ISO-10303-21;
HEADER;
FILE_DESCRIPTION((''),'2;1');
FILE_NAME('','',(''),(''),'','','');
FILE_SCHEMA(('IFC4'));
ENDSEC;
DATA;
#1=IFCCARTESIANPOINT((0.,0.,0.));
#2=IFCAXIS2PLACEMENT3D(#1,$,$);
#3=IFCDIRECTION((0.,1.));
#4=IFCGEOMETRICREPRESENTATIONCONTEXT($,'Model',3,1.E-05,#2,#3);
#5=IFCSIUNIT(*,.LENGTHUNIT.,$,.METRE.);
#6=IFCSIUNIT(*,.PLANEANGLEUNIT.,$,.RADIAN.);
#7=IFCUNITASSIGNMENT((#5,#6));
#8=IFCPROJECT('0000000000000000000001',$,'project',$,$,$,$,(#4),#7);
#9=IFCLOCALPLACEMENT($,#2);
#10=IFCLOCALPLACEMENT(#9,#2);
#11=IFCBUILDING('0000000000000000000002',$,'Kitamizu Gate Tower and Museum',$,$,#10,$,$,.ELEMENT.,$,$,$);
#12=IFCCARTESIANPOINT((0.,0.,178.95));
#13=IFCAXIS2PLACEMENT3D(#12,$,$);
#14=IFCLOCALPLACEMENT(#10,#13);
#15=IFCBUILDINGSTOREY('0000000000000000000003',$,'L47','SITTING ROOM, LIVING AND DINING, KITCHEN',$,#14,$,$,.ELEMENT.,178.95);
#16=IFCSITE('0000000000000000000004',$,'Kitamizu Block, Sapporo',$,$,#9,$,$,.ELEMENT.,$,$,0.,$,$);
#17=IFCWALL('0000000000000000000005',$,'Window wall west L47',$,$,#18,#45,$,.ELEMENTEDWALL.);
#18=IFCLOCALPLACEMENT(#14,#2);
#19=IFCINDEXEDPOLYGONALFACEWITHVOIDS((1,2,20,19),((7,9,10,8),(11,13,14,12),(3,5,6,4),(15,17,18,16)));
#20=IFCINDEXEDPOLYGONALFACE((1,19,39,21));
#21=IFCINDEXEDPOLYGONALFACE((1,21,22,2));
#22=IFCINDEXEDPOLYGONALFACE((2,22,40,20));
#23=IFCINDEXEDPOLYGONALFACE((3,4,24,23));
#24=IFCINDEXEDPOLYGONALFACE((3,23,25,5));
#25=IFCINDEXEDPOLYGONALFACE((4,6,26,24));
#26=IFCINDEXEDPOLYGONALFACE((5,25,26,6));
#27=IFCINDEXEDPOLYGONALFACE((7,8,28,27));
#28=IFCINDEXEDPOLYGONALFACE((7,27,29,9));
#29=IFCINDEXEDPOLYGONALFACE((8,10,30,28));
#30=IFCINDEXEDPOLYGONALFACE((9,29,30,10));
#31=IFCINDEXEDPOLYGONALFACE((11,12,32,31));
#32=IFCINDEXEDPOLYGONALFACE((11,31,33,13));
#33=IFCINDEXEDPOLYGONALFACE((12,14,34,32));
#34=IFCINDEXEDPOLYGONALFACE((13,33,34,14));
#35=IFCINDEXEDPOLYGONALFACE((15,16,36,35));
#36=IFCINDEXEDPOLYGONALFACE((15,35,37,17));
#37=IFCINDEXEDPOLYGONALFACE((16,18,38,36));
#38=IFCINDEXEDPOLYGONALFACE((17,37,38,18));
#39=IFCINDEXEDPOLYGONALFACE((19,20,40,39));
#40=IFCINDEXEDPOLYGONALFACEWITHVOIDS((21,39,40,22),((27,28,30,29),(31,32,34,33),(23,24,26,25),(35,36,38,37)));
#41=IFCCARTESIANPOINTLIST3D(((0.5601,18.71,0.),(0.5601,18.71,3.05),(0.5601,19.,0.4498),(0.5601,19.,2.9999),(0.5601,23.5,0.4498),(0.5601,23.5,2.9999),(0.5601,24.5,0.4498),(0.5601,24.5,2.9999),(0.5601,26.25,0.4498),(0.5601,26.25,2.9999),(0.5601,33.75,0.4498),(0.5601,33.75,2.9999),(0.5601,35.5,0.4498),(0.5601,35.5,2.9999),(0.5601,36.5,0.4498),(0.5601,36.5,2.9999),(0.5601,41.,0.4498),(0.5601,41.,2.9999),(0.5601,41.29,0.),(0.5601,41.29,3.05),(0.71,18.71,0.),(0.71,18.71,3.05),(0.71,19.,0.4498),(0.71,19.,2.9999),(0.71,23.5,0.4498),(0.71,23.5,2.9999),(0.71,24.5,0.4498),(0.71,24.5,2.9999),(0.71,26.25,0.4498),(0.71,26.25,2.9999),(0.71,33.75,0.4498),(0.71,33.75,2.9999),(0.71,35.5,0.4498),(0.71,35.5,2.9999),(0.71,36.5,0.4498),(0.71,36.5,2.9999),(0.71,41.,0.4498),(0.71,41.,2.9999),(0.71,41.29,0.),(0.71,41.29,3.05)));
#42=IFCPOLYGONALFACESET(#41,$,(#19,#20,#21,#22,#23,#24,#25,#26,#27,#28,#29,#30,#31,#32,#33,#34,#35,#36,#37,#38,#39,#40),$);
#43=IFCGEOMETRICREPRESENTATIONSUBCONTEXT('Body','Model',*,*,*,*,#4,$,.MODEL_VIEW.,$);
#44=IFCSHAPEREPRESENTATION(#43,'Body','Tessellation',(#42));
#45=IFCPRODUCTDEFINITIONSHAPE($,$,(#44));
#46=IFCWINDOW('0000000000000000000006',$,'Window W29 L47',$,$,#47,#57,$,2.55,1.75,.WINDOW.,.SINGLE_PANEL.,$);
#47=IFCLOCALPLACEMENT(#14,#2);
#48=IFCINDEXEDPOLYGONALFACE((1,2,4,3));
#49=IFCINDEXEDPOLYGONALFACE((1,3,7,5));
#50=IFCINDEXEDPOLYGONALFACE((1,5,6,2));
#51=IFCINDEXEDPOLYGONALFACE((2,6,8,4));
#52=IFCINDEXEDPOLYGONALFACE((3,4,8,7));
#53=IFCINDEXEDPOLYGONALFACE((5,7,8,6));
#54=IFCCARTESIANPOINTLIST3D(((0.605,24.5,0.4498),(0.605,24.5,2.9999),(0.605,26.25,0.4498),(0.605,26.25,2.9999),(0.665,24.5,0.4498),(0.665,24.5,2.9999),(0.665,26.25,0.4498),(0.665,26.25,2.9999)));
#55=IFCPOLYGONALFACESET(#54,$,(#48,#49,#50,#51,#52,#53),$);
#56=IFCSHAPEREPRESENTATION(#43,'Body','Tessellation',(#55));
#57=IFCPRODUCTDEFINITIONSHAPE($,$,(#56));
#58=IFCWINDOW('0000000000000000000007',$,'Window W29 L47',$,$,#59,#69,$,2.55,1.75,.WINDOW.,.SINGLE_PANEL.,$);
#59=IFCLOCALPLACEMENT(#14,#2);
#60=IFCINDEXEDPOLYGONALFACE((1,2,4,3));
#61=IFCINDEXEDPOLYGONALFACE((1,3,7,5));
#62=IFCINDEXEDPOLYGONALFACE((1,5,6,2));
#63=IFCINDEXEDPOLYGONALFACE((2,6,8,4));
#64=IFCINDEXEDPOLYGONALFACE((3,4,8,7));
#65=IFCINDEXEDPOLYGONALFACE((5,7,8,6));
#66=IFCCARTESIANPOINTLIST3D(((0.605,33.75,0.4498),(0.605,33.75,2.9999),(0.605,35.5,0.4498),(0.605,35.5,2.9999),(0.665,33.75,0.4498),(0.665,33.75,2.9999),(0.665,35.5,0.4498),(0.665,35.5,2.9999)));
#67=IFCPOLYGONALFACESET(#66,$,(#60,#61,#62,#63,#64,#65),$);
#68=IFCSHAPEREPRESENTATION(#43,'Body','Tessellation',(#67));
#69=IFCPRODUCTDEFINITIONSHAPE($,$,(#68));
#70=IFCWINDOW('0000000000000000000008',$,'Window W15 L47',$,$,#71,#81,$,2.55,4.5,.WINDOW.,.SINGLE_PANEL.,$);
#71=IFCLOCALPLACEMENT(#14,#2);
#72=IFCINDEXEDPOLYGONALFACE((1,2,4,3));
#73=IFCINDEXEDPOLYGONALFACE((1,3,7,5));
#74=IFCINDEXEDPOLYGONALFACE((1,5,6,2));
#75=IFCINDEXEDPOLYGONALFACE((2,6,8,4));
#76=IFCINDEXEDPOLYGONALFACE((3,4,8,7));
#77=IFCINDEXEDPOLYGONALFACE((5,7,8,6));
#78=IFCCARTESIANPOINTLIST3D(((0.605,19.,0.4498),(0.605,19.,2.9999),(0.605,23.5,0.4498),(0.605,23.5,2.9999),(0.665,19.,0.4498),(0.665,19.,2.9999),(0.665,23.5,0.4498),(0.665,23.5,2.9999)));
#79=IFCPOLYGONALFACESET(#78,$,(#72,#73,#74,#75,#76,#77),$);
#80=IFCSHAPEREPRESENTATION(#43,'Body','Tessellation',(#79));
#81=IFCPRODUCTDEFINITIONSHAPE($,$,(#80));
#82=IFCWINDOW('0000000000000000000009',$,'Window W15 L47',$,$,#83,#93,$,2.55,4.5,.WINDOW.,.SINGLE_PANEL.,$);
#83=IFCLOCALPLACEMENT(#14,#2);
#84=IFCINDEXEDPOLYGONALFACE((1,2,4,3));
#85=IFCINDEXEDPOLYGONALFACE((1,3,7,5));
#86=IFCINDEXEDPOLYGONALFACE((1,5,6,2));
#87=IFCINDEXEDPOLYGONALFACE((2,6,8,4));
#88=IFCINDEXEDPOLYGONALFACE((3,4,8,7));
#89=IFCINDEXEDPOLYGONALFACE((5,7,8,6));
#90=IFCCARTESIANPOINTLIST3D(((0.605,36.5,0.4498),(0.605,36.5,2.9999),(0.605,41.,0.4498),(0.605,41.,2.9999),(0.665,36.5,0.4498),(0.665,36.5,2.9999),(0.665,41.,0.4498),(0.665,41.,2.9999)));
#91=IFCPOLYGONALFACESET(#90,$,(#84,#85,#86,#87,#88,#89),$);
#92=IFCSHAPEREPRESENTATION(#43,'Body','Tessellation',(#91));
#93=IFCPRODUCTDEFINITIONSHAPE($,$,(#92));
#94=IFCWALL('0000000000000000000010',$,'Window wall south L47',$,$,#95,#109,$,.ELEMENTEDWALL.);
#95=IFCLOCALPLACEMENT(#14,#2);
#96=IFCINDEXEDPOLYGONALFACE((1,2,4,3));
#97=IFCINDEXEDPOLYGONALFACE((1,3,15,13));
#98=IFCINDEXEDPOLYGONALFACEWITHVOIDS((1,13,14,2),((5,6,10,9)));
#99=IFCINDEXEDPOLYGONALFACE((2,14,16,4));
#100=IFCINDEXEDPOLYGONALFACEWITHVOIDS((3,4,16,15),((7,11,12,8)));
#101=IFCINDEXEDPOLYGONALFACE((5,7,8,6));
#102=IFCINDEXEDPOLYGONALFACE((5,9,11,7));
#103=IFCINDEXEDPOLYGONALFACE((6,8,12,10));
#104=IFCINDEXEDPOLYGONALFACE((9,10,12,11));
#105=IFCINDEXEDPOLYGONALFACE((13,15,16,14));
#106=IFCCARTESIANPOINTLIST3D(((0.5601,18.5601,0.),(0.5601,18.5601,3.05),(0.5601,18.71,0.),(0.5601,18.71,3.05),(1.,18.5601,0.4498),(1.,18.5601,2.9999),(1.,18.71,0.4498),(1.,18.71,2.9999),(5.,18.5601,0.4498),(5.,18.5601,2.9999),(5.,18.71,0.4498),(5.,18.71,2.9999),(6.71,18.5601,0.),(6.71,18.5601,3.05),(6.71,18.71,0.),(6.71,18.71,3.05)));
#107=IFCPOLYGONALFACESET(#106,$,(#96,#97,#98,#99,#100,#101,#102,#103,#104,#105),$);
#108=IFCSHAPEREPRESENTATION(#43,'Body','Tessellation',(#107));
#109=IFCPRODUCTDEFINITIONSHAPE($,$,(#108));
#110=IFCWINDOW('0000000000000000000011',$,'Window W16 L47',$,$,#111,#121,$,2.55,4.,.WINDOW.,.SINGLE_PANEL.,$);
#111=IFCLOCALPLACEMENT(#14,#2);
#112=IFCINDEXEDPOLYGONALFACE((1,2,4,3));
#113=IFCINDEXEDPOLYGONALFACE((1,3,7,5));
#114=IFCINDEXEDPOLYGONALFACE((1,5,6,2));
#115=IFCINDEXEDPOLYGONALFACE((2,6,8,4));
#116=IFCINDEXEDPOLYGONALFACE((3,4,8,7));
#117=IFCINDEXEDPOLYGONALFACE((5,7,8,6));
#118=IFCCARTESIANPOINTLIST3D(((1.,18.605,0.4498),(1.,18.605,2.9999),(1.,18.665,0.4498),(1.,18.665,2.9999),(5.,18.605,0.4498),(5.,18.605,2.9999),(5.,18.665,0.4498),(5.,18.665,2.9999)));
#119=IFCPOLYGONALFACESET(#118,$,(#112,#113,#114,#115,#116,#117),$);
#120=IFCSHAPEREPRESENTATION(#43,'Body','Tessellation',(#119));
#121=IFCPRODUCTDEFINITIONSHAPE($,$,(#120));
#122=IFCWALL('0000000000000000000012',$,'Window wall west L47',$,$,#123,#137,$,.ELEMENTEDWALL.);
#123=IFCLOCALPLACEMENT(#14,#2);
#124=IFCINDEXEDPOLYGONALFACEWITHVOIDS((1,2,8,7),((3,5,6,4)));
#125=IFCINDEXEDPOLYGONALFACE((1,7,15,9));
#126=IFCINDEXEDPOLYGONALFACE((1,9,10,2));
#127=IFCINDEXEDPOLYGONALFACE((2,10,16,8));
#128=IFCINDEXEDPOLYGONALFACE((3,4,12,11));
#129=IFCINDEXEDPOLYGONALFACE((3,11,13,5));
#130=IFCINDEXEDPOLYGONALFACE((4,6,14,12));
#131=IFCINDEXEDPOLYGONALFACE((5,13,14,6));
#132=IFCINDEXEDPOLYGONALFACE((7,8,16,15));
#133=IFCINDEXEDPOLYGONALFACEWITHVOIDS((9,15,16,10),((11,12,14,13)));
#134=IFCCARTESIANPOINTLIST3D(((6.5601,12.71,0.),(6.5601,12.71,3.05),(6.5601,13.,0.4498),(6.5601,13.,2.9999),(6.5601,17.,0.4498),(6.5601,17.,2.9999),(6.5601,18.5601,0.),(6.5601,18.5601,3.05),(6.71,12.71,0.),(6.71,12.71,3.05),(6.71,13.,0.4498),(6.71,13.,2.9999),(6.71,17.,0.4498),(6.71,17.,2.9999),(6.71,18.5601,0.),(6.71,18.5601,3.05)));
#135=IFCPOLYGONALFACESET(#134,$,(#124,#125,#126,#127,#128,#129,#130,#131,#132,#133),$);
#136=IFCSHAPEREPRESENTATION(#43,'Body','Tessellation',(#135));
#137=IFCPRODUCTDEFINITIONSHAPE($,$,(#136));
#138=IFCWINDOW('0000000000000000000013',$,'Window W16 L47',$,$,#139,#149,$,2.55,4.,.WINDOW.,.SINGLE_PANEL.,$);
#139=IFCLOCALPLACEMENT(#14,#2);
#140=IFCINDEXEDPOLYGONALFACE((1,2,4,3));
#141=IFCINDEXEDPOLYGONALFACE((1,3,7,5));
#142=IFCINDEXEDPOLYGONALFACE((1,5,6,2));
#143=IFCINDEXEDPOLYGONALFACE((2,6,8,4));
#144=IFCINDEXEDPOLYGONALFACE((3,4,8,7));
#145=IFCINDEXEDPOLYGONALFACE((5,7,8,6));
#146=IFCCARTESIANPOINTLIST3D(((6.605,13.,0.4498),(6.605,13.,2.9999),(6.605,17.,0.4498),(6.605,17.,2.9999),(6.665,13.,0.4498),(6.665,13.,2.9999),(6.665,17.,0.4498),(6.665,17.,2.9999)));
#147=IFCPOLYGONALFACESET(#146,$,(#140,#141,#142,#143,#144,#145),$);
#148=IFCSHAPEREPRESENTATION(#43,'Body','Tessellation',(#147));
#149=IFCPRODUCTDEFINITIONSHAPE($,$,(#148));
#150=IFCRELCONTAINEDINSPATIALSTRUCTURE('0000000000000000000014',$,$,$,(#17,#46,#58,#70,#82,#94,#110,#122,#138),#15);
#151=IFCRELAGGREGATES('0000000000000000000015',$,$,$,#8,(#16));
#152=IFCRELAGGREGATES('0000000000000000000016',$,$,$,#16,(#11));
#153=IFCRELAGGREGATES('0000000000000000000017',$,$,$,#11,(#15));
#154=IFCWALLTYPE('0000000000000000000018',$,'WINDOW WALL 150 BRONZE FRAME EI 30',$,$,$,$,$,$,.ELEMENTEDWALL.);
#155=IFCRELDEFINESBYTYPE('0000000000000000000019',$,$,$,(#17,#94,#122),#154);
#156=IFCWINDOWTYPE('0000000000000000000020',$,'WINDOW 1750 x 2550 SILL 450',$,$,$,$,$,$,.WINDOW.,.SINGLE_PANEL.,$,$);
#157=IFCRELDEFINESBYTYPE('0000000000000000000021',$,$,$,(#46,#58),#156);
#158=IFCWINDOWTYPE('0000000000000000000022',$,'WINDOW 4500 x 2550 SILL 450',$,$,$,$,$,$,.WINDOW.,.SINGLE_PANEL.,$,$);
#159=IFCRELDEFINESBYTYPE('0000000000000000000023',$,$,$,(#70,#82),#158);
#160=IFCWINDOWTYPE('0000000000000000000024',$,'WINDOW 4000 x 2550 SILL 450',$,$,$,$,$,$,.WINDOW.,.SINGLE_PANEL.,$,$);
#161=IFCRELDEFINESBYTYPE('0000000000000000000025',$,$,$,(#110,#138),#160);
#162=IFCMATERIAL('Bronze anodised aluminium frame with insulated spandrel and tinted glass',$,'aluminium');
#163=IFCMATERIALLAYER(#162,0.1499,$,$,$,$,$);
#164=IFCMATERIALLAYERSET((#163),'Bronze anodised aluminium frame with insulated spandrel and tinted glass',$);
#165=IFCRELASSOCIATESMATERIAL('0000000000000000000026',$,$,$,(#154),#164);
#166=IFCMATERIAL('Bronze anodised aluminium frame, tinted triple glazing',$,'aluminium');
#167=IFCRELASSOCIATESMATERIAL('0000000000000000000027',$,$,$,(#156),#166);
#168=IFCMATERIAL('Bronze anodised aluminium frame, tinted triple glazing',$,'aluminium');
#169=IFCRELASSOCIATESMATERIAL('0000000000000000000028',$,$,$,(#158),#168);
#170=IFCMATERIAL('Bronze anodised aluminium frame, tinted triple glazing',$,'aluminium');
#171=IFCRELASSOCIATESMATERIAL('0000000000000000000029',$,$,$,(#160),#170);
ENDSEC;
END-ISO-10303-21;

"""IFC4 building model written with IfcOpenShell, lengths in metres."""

from ifc_helpers import new_model, si_unit, direction, frame, frame_2d, origin, place, context, subcontext, project, spatial, rectangle, extrude, material, layer, layer_set, type_object, element, fill, save


model = new_model("IFC4")

# Units and contexts
model_context = context("Model", 3, precision=1e-05, world=origin(), true_north=direction((0.0, 1.0)))
body_context = subcontext(model_context, "Body", "Model", "MODEL_VIEW")
ifc_project = project(units=[si_unit("LENGTHUNIT", "METRE"), si_unit("PLANEANGLEUNIT", "RADIAN")], contexts=[model_context])

# Site, building, storey
site_placement = place(None, origin())
site = spatial("IfcSite", under=ifc_project, at=site_placement, Name="Kitamizu Block, Sapporo", CompositionType="ELEMENT", RefElevation=0.0)
building_placement = place(site_placement, origin())
building = spatial("IfcBuilding", under=site, at=building_placement, Name="Kitamizu Gate Tower and Museum", CompositionType="ELEMENT")
storey_placement = place(building_placement, frame((0.0, 0.0, 178.95)))
storey = spatial("IfcBuildingStorey", under=building, at=storey_placement, Name="L47", Description="SITTING ROOM, LIVING AND DINING, KITCHEN", CompositionType="ELEMENT", Elevation=178.95)

# Wall, openings, windows
ifc_material_1 = material(Name="Bronze anodised aluminium frame with insulated spandrel and tinted glass", Category="aluminium")
ifc_layer_1 = layer(ifc_material_1, 0.1499)
ifc_layer_set_1 = layer_set([ifc_layer_1], Name="Bronze anodised aluminium frame with insulated spandrel and tinted glass")
wall_type_1 = type_object("IfcWallType", Name="WINDOW WALL 150 BRONZE FRAME EI 30", PredefinedType="ELEMENTEDWALL", material=ifc_layer_set_1)
ifc_material_2 = material(Name="Bronze anodised aluminium frame, tinted triple glazing", Category="aluminium")
window_type_1 = type_object("IfcWindowType", Name="WINDOW 1750 x 2550 SILL 450", PartitioningType="SINGLE_PANEL", PredefinedType="WINDOW", material=ifc_material_2)
ifc_material_3 = material(Name="Bronze anodised aluminium frame, tinted triple glazing", Category="aluminium")
window_type_2 = type_object("IfcWindowType", Name="WINDOW 4500 x 2550 SILL 450", PartitioningType="SINGLE_PANEL", PredefinedType="WINDOW", material=ifc_material_3)
wall_1_placement = place(storey_placement, frame((0.635, 18.71, 0.0), z_axis=(0.0, 0.0, 1.0), x_axis=(0.0, 1.0, 0.0)))
wall_1 = element("IfcWall", 1, at=wall_1_placement, inside=storey, type_object=wall_type_1, Name="Window wall west L47", PredefinedType="ELEMENTEDWALL", context=body_context, shape_type="SweptSolid", body=[
    extrude(rectangle(XDim=22.5801, YDim=0.1499, at=frame_2d((11.29, 0.0))), origin(), (0.0, 0.0, 1.0), 3.05),
])
opening_1_placement = place(wall_1_placement, frame((0.29, 0.0, 0.45)))
opening_1 = element("IfcOpeningElement", 2, at=opening_1_placement, cuts=wall_1, PredefinedType="OPENING", context=body_context, shape_type="SweptSolid", body=[
    extrude(rectangle(XDim=4.5, YDim=2.55, at=frame_2d((2.25, 1.2749))), frame((0.0, 0.085, 0.0), z_axis=(0.0, -1.0, 0.0), x_axis=(1.0, 0.0, 0.0)), (0.0, 0.0, 1.0), 0.1699),
])
opening_2_placement = place(wall_1_placement, frame((5.79, 0.0, 0.45)))
opening_2 = element("IfcOpeningElement", 3, at=opening_2_placement, cuts=wall_1, PredefinedType="OPENING", context=body_context, shape_type="SweptSolid", body=[
    extrude(rectangle(XDim=1.75, YDim=2.55, at=frame_2d((0.875, 1.2749))), frame((0.0, 0.085, 0.0), z_axis=(0.0, -1.0, 0.0), x_axis=(1.0, 0.0, 0.0)), (0.0, 0.0, 1.0), 0.1699),
])
opening_3_placement = place(wall_1_placement, frame((15.04, 0.0, 0.45)))
opening_3 = element("IfcOpeningElement", 4, at=opening_3_placement, cuts=wall_1, PredefinedType="OPENING", context=body_context, shape_type="SweptSolid", body=[
    extrude(rectangle(XDim=1.75, YDim=2.55, at=frame_2d((0.875, 1.2749))), frame((0.0, 0.085, 0.0), z_axis=(0.0, -1.0, 0.0), x_axis=(1.0, 0.0, 0.0)), (0.0, 0.0, 1.0), 0.1699),
])
opening_4_placement = place(wall_1_placement, frame((17.79, 0.0, 0.45)))
opening_4 = element("IfcOpeningElement", 5, at=opening_4_placement, cuts=wall_1, PredefinedType="OPENING", context=body_context, shape_type="SweptSolid", body=[
    extrude(rectangle(XDim=4.5, YDim=2.55, at=frame_2d((2.25, 1.2749))), frame((0.0, 0.085, 0.0), z_axis=(0.0, -1.0, 0.0), x_axis=(1.0, 0.0, 0.0)), (0.0, 0.0, 1.0), 0.1699),
])
window_1_placement = place(opening_2_placement, origin())
window_1 = element("IfcWindow", 6, at=window_1_placement, inside=storey, type_object=window_type_1, Name="Window W29 L47", OverallHeight=2.55, OverallWidth=1.75, PartitioningType="SINGLE_PANEL", PredefinedType="WINDOW", context=body_context, shape_type="SweptSolid", body=[
    extrude(rectangle(XDim=1.75, YDim=2.55, at=frame_2d((0.875, 1.2749))), frame((0.0, 0.03, 0.0), z_axis=(0.0, -1.0, 0.0), x_axis=(1.0, 0.0, 0.0)), (0.0, 0.0, 1.0), 0.0601),
])
fill(opening_2, window_1)
window_2_placement = place(opening_3_placement, origin())
window_2 = element("IfcWindow", 7, at=window_2_placement, inside=storey, type_object=window_type_1, Name="Window W29 L47", OverallHeight=2.55, OverallWidth=1.75, PartitioningType="SINGLE_PANEL", PredefinedType="WINDOW", context=body_context, shape_type="SweptSolid", body=[
    extrude(rectangle(XDim=1.75, YDim=2.55, at=frame_2d((0.875, 1.2749))), frame((0.0, 0.03, 0.0), z_axis=(0.0, -1.0, 0.0), x_axis=(1.0, 0.0, 0.0)), (0.0, 0.0, 1.0), 0.0601),
])
fill(opening_3, window_2)
window_3_placement = place(opening_1_placement, origin())
window_3 = element("IfcWindow", 8, at=window_3_placement, inside=storey, type_object=window_type_2, Name="Window W15 L47", OverallHeight=2.55, OverallWidth=4.5, PartitioningType="SINGLE_PANEL", PredefinedType="WINDOW", context=body_context, shape_type="SweptSolid", body=[
    extrude(rectangle(XDim=4.5, YDim=2.55, at=frame_2d((2.25, 1.2749))), frame((0.0, 0.03, 0.0), z_axis=(0.0, -1.0, 0.0), x_axis=(1.0, 0.0, 0.0)), (0.0, 0.0, 1.0), 0.0601),
])
fill(opening_1, window_3)
window_4_placement = place(opening_4_placement, origin())
window_4 = element("IfcWindow", 9, at=window_4_placement, inside=storey, type_object=window_type_2, Name="Window W15 L47", OverallHeight=2.55, OverallWidth=4.5, PartitioningType="SINGLE_PANEL", PredefinedType="WINDOW", context=body_context, shape_type="SweptSolid", body=[
    extrude(rectangle(XDim=4.5, YDim=2.55, at=frame_2d((2.25, 1.2749))), frame((0.0, 0.03, 0.0), z_axis=(0.0, -1.0, 0.0), x_axis=(1.0, 0.0, 0.0)), (0.0, 0.0, 1.0), 0.0601),
])
fill(opening_4, window_4)

# Walls, openings, windows
wall_2_placement = place(storey_placement, frame((0.5601, 18.635, 0.0), z_axis=(0.0, 0.0, 1.0), x_axis=(1.0, 0.0, 0.0)))
wall_2 = element("IfcWall", 10, at=wall_2_placement, inside=storey, type_object=wall_type_1, Name="Window wall south L47", PredefinedType="ELEMENTEDWALL", context=body_context, shape_type="SweptSolid", body=[
    extrude(rectangle(XDim=6.1499, YDim=0.1499, at=frame_2d((3.075, 0.0))), origin(), (0.0, 0.0, 1.0), 3.05),
])
opening_5_placement = place(wall_2_placement, frame((0.4399, 0.0, 0.45)))
opening_5 = element("IfcOpeningElement", 11, at=opening_5_placement, cuts=wall_2, PredefinedType="OPENING", context=body_context, shape_type="SweptSolid", body=[
    extrude(rectangle(XDim=4.0, YDim=2.55, at=frame_2d((2.0, 1.2749))), frame((0.0, 0.085, 0.0), z_axis=(0.0, -1.0, 0.0), x_axis=(1.0, 0.0, 0.0)), (0.0, 0.0, 1.0), 0.1699),
])
ifc_material_4 = material(Name="Bronze anodised aluminium frame, tinted triple glazing", Category="aluminium")
window_type_3 = type_object("IfcWindowType", Name="WINDOW 4000 x 2550 SILL 450", PartitioningType="SINGLE_PANEL", PredefinedType="WINDOW", material=ifc_material_4)
window_5_placement = place(opening_5_placement, origin())
window_5 = element("IfcWindow", 12, at=window_5_placement, inside=storey, type_object=window_type_3, Name="Window W16 L47", OverallHeight=2.55, OverallWidth=4.0, PartitioningType="SINGLE_PANEL", PredefinedType="WINDOW", context=body_context, shape_type="SweptSolid", body=[
    extrude(rectangle(XDim=4.0, YDim=2.55, at=frame_2d((2.0, 1.2749))), frame((0.0, 0.03, 0.0), z_axis=(0.0, -1.0, 0.0), x_axis=(1.0, 0.0, 0.0)), (0.0, 0.0, 1.0), 0.0601),
])
fill(opening_5, window_5)
wall_3_placement = place(storey_placement, frame((6.635, 12.71, 0.0), z_axis=(0.0, 0.0, 1.0), x_axis=(0.0, 1.0, 0.0)))
wall_3 = element("IfcWall", 13, at=wall_3_placement, inside=storey, type_object=wall_type_1, Name="Window wall west L47", PredefinedType="ELEMENTEDWALL", context=body_context, shape_type="SweptSolid", body=[
    extrude(rectangle(XDim=5.8501, YDim=0.1499, at=frame_2d((2.925, 0.0))), origin(), (0.0, 0.0, 1.0), 3.05),
])
opening_6_placement = place(wall_3_placement, frame((0.29, 0.0, 0.45)))
opening_6 = element("IfcOpeningElement", 14, at=opening_6_placement, cuts=wall_3, PredefinedType="OPENING", context=body_context, shape_type="SweptSolid", body=[
    extrude(rectangle(XDim=4.0, YDim=2.55, at=frame_2d((2.0, 1.2749))), frame((0.0, 0.085, 0.0), z_axis=(0.0, -1.0, 0.0), x_axis=(1.0, 0.0, 0.0)), (0.0, 0.0, 1.0), 0.1699),
])
window_6_placement = place(opening_6_placement, origin())
window_6 = element("IfcWindow", 15, at=window_6_placement, inside=storey, type_object=window_type_3, Name="Window W16 L47", OverallHeight=2.55, OverallWidth=4.0, PartitioningType="SINGLE_PANEL", PredefinedType="WINDOW", context=body_context, shape_type="SweptSolid", body=[
    extrude(rectangle(XDim=4.0, YDim=2.55, at=frame_2d((2.0, 1.2749))), frame((0.0, 0.03, 0.0), z_axis=(0.0, -1.0, 0.0), x_axis=(1.0, 0.0, 0.0)), (0.0, 0.0, 1.0), 0.0601),
])
fill(opening_6, window_6)

save(model, "model.ifc")
